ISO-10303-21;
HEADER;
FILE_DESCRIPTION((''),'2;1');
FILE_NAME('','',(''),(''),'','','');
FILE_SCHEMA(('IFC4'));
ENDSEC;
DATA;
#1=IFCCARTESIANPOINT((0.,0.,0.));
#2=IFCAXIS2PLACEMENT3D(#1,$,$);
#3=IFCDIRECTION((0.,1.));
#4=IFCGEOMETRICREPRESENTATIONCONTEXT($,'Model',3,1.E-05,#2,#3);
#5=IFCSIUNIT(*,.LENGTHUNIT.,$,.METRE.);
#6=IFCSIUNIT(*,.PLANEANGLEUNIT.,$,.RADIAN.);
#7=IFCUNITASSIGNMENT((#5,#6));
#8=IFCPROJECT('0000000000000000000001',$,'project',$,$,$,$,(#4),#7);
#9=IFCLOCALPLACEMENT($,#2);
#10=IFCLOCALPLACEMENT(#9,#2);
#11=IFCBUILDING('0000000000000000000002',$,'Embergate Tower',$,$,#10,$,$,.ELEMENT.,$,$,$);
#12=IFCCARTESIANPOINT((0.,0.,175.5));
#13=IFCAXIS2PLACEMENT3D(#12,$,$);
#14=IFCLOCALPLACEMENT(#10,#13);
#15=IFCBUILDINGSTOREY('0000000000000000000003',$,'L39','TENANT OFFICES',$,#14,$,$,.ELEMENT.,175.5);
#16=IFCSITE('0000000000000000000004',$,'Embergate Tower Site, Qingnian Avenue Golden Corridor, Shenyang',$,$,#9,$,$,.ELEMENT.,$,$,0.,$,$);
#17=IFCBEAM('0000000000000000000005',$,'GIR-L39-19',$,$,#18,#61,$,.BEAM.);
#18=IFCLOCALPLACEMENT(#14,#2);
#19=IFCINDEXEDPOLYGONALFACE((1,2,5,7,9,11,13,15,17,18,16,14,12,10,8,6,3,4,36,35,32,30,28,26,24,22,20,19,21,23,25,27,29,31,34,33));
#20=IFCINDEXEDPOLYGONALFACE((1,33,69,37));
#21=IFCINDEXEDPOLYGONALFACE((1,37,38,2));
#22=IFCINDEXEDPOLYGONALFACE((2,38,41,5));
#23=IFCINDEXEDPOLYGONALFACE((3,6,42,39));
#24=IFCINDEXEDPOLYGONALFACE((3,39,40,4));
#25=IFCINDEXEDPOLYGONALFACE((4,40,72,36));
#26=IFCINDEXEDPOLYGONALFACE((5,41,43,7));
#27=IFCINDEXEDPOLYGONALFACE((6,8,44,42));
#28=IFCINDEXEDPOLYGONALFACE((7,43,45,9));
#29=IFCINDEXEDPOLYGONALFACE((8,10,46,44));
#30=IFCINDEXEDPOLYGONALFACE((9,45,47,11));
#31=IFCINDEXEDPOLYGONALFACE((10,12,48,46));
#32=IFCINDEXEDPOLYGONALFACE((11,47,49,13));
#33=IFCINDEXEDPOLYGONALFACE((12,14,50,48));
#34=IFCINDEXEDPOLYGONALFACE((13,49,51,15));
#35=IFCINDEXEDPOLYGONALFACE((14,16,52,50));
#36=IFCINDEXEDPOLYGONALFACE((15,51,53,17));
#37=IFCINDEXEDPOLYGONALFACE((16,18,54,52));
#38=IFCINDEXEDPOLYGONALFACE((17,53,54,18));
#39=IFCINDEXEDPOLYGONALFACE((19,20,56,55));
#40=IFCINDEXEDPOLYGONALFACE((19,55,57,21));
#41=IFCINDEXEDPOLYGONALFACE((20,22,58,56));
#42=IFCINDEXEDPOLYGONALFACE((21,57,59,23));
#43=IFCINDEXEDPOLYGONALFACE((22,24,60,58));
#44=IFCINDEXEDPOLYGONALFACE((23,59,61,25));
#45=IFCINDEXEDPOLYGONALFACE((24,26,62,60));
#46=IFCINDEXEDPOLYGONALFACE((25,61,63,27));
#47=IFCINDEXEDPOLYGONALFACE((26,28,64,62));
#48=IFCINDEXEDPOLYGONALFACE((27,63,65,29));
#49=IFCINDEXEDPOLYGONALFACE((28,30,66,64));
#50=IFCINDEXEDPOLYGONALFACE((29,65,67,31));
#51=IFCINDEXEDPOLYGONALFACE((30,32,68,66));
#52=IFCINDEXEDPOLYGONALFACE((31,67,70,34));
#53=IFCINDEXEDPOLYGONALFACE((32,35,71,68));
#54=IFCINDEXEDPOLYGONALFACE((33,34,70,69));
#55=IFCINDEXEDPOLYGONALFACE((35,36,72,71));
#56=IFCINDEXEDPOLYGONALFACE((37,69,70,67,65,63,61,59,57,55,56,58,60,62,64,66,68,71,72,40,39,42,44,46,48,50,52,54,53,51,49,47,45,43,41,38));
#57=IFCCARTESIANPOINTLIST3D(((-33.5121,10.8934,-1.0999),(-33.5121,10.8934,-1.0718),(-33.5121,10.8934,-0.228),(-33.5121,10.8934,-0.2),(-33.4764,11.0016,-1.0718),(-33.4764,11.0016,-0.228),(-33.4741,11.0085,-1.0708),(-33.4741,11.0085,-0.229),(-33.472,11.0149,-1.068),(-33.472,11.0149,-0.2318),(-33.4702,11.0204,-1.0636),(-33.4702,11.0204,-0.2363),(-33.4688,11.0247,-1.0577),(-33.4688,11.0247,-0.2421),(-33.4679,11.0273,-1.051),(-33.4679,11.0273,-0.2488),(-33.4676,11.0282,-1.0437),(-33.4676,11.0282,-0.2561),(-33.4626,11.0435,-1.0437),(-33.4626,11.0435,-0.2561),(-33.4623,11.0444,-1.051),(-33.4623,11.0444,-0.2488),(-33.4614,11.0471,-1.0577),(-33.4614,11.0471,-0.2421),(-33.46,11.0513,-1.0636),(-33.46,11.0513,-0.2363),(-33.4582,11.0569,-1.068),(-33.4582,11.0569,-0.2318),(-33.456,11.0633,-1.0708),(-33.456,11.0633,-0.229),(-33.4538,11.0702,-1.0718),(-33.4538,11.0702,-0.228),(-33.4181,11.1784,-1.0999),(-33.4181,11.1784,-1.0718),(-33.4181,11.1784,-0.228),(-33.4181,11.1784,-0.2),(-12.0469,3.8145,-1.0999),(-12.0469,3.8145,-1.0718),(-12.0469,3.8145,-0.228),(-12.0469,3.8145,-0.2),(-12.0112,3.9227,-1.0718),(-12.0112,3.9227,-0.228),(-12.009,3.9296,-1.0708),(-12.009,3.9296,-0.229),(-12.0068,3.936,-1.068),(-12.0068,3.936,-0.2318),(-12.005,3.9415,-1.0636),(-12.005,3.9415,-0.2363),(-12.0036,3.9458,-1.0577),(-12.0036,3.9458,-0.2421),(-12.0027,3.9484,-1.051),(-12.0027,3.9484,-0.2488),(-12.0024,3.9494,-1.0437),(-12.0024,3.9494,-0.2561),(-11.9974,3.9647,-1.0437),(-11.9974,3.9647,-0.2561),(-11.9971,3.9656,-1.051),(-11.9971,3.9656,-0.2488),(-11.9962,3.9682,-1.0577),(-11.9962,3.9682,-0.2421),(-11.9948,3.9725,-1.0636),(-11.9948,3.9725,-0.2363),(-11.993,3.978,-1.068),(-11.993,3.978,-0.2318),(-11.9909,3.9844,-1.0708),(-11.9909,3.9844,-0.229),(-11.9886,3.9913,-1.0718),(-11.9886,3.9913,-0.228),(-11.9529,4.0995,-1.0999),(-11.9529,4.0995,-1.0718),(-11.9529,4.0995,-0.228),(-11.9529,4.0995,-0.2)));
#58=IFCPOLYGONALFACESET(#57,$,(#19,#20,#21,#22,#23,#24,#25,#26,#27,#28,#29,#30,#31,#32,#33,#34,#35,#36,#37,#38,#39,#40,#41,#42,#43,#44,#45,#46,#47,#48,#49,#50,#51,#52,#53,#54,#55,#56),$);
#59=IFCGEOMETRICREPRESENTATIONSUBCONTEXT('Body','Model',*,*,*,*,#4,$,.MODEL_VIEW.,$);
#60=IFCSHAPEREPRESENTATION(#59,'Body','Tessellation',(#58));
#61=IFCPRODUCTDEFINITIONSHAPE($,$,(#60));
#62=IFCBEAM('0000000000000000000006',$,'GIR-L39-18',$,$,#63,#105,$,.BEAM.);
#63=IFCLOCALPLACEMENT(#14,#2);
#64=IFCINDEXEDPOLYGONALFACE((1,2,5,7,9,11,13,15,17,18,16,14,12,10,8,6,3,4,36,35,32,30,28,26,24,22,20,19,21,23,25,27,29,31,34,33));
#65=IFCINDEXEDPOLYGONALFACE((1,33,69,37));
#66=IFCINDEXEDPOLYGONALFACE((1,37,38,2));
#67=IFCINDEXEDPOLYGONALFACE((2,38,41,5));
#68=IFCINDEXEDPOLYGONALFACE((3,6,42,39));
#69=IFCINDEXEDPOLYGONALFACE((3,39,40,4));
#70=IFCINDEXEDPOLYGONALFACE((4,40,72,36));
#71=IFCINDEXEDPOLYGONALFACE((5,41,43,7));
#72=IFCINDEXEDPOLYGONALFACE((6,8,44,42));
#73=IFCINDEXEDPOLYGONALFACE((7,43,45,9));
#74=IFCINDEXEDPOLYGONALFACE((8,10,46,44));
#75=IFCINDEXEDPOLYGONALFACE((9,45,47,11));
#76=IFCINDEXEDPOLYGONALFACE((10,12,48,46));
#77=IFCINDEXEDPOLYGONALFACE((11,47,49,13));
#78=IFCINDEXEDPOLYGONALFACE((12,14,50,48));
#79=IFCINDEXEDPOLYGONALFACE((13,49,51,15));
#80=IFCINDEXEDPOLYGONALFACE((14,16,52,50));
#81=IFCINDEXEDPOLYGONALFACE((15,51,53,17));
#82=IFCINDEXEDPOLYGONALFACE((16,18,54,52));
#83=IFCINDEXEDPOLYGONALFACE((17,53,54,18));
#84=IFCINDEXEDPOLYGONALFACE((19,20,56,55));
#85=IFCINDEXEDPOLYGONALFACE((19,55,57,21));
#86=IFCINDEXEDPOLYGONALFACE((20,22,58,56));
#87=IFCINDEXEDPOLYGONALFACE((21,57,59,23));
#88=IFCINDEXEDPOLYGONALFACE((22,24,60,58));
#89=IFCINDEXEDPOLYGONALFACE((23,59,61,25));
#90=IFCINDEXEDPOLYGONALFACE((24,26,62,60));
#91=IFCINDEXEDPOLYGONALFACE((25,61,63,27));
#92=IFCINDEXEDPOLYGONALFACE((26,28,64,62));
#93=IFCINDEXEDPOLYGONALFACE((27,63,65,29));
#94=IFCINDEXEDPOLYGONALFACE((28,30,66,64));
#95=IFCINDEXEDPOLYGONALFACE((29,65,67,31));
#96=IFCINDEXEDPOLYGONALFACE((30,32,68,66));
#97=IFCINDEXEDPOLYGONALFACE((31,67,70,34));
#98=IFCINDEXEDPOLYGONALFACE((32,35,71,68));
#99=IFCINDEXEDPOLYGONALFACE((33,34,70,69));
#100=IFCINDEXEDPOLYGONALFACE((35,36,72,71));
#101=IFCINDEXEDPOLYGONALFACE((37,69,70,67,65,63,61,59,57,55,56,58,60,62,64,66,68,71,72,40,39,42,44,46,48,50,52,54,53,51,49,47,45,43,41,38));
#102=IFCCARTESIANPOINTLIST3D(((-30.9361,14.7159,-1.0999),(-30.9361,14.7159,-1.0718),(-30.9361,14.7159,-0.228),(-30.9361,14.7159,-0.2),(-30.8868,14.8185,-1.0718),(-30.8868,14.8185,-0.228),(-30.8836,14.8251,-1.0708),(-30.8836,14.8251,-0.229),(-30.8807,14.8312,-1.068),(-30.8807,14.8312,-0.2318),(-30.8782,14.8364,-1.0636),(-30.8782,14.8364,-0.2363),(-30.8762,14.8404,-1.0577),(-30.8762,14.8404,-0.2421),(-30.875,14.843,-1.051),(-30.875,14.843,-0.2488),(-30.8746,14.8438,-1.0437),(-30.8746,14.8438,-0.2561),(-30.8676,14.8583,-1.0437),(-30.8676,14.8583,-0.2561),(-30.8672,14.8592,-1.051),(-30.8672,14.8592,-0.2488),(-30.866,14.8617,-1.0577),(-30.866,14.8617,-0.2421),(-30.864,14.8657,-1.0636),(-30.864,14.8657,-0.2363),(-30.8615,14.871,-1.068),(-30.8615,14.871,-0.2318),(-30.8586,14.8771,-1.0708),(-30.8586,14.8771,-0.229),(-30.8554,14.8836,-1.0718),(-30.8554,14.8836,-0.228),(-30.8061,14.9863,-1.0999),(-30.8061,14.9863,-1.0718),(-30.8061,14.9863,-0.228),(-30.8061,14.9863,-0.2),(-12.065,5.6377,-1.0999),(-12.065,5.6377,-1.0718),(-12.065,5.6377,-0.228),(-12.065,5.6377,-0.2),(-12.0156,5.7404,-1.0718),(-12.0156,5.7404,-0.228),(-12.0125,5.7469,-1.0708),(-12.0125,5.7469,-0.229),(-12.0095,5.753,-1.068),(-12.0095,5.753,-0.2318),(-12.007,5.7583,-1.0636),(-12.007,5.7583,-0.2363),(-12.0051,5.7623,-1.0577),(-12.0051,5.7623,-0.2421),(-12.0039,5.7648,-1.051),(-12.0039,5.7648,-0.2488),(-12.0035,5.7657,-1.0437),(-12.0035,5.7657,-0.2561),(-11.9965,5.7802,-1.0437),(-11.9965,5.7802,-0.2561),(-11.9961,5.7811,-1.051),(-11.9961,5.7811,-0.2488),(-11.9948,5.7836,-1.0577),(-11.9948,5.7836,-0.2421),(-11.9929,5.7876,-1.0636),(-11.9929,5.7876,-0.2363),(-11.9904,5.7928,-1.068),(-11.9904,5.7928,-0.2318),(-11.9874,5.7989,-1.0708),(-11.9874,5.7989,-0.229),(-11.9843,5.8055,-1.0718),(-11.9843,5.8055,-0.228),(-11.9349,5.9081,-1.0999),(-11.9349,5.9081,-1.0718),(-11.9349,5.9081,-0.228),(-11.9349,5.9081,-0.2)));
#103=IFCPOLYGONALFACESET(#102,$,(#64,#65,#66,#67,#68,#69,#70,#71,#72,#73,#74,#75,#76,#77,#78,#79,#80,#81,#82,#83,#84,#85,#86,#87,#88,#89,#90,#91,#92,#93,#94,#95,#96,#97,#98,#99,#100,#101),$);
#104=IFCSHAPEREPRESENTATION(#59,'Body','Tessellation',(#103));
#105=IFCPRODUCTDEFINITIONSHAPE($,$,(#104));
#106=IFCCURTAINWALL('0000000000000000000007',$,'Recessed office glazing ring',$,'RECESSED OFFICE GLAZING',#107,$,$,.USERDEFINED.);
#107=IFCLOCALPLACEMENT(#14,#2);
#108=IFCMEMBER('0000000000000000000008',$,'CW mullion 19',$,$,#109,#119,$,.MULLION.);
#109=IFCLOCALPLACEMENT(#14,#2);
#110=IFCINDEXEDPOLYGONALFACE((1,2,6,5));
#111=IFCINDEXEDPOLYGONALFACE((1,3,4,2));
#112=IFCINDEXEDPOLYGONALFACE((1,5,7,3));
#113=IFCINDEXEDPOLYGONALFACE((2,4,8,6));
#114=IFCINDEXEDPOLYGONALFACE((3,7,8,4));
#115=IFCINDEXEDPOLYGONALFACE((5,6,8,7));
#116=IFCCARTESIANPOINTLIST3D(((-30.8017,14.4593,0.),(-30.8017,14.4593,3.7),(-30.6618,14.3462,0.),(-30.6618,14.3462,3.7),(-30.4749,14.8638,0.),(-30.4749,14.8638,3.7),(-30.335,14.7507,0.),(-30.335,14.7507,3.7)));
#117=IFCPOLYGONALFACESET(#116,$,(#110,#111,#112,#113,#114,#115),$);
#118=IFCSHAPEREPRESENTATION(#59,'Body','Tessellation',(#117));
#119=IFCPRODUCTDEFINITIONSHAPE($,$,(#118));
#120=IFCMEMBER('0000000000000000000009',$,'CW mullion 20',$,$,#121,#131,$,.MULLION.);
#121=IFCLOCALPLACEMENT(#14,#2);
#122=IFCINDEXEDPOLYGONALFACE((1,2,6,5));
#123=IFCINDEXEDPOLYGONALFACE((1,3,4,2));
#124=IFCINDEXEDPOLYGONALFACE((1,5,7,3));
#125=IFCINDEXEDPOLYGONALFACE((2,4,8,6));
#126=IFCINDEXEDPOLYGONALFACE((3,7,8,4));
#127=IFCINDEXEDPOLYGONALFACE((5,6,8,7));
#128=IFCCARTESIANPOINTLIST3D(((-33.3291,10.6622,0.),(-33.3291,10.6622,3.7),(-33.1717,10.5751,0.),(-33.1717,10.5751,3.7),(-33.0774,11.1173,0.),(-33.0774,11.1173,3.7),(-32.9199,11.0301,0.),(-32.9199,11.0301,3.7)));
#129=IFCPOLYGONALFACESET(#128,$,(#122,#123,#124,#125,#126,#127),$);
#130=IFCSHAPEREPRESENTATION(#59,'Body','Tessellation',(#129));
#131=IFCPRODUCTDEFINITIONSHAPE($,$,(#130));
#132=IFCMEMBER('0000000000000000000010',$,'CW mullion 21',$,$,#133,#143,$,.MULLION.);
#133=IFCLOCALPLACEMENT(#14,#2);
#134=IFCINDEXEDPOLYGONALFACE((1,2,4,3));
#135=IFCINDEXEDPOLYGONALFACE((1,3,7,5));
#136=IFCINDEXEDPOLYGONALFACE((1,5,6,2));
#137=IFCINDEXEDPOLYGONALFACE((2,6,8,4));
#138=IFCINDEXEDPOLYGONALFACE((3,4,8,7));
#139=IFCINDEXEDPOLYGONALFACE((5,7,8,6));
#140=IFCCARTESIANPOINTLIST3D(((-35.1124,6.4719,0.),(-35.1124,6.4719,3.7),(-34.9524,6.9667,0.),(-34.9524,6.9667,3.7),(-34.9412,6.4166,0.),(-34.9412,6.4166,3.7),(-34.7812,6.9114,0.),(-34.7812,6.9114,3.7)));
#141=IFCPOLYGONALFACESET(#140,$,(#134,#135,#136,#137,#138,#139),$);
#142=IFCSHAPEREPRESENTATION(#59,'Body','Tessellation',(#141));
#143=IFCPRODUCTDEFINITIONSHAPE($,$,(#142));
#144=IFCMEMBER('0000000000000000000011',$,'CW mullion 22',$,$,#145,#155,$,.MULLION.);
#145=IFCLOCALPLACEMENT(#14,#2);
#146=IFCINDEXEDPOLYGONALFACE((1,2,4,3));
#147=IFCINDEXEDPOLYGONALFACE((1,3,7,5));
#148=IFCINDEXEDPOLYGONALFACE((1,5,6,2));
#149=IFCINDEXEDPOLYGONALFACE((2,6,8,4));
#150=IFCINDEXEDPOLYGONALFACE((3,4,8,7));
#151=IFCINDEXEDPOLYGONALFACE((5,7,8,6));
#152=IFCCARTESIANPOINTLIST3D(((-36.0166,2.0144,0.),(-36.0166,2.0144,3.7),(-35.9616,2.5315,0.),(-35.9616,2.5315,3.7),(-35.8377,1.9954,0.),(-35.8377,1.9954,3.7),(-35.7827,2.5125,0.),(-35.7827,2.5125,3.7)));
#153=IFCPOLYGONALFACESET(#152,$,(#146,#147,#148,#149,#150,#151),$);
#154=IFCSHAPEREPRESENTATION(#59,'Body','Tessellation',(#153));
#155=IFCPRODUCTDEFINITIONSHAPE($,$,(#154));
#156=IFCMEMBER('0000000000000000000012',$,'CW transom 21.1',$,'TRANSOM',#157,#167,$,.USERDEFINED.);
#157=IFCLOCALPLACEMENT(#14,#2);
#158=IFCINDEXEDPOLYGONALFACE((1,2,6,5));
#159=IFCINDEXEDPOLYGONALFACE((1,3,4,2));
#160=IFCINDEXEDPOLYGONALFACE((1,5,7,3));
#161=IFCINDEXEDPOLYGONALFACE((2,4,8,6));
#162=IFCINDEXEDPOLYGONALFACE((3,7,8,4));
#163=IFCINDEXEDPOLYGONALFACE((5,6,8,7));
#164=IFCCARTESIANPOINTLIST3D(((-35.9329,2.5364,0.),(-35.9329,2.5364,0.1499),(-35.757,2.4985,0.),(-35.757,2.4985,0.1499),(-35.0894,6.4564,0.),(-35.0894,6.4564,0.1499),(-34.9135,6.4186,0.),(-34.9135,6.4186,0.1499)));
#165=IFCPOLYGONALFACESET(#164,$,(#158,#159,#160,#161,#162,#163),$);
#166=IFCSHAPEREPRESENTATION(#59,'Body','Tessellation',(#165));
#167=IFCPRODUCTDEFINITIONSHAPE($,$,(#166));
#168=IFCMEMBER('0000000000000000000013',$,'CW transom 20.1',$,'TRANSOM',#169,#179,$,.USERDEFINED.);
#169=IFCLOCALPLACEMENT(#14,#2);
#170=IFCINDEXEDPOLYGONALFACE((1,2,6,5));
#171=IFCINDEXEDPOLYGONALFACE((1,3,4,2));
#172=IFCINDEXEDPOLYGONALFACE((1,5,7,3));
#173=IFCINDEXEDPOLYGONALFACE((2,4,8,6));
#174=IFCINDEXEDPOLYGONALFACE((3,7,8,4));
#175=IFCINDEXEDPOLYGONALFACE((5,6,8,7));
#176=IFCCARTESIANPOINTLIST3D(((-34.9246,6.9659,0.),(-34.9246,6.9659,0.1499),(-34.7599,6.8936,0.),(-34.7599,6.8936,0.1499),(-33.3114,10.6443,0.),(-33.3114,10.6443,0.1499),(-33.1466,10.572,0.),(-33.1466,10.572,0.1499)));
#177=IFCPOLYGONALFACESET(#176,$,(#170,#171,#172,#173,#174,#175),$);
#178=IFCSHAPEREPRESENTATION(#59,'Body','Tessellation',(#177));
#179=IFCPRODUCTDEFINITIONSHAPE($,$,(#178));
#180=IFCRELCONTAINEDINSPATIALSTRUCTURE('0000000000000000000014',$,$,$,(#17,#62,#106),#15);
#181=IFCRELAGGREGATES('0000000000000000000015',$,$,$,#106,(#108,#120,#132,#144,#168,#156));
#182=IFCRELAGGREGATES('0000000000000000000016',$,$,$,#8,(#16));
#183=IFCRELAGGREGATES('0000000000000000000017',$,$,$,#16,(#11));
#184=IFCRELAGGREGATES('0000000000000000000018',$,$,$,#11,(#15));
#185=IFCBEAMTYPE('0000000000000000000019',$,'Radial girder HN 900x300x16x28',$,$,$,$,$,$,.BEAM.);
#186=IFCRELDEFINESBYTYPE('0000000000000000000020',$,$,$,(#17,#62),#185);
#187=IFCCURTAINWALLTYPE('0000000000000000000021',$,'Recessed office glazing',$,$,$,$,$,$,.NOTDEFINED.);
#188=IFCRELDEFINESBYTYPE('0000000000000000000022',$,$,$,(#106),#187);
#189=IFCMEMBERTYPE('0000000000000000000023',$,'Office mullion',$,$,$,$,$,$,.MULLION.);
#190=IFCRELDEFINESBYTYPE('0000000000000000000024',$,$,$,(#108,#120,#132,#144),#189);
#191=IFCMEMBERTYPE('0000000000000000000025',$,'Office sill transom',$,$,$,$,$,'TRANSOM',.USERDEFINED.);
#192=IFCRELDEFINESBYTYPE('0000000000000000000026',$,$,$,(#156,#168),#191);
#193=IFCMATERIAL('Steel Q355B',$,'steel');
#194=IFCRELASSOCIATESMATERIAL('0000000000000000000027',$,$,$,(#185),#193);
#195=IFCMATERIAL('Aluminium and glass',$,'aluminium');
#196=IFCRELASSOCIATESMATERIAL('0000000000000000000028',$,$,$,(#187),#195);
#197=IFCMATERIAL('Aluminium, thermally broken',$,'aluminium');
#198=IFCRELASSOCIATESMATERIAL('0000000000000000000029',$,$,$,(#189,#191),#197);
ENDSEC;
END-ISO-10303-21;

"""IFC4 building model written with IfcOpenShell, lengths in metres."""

from ifc_helpers import new_model, si_unit, direction, frame, origin, origin_2d, place, context, subcontext, project, spatial, rectangle, i_section, extrude, source, transform, mapped, material, material_profile, profile_set, type_object, element, aggregate, save


model = new_model("IFC4")

# Units and contexts
model_context = context("Model", 3, precision=1e-05, world=origin(), true_north=direction((0.0, 1.0)))
body_context = subcontext(model_context, "Body", "Model", "MODEL_VIEW")
ifc_project = project(units=[si_unit("LENGTHUNIT", "METRE"), si_unit("PLANEANGLEUNIT", "RADIAN")], contexts=[model_context])

# Site, building, storey
site_placement = place(None, origin())
site = spatial("IfcSite", under=ifc_project, at=site_placement, Name="Embergate Tower Site, Qingnian Avenue Golden Corridor, Shenyang", CompositionType="ELEMENT", RefElevation=0.0)
building_placement = place(site_placement, origin())
building = spatial("IfcBuilding", under=site, at=building_placement, Name="Embergate Tower", CompositionType="ELEMENT")
storey_placement = place(building_placement, frame((0.0, 0.0, 175.5)))
storey = spatial("IfcBuildingStorey", under=building, at=storey_placement, Name="L39", Description="TENANT OFFICES", CompositionType="ELEMENT", Elevation=175.5)

# Beams
ifc_material_1 = material(Name="Steel Q355B", Category="steel")
ifc_material_profile_1 = material_profile(ifc_material_1, i_section(OverallWidth=0.3, OverallDepth=0.8999, WebThickness=0.0161, FlangeThickness=0.0281, FilletRadius=0.0281, at=origin_2d()), Name="HN 900x300x16x28")
ifc_profile_set_1 = profile_set([ifc_material_profile_1], Name="Steel Q355 grade B")
beam_type_1 = type_object("IfcBeamType", Name="Radial girder HN 900x300x16x28", PredefinedType="BEAM", material=ifc_profile_set_1)
shared_shape_1 = source(origin(), body_context, "Body", "SweptSolid", [
    extrude(i_section(OverallWidth=0.3, OverallDepth=0.8999, WebThickness=0.0161, FlangeThickness=0.0281, FilletRadius=0.0281, at=origin_2d()), origin(), (0.0, 0.0, 1.0), 22.6023),
])
beam_1_placement = place(storey_placement, frame((-33.4651, 11.0359, -0.6499), z_axis=(0.949689, -0.313193, 0.0), x_axis=(0.313193, 0.949689, 0.0)))
element("IfcBeam", 1, at=beam_1_placement, inside=storey, type_object=beam_type_1, Name="GIR-L39-19", PredefinedType="BEAM", context=body_context, shape_type="MappedRepresentation", body=[
    mapped(shared_shape_1, transform((0.0, 0.0, 0.0))),
])
shared_shape_2 = source(origin(), body_context, "Body", "SweptSolid", [
    extrude(i_section(OverallWidth=0.3, OverallDepth=0.8999, WebThickness=0.0161, FlangeThickness=0.0281, FilletRadius=0.0281, at=origin_2d()), origin(), (0.0, 0.0, 1.0), 20.9412),
])
beam_2_placement = place(storey_placement, frame((-30.8711, 14.8511, -0.6499), z_axis=(0.90115, -0.433507, 0.0), x_axis=(0.433507, 0.90115, 0.0)))
element("IfcBeam", 2, at=beam_2_placement, inside=storey, type_object=beam_type_1, Name="GIR-L39-18", PredefinedType="BEAM", context=body_context, shape_type="MappedRepresentation", body=[
    mapped(shared_shape_2, transform((0.0, 0.0, 0.0))),
])

# Curtain wall, members
ifc_material_2 = material(Name="Aluminium and glass", Category="aluminium")
curtain_wall_type = type_object("IfcCurtainWallType", Name="Recessed office glazing", PredefinedType="NOTDEFINED", material=ifc_material_2)
curtain_wall_placement = place(storey_placement, origin())
curtain_wall = element("IfcCurtainWall", 3, at=curtain_wall_placement, inside=storey, type_object=curtain_wall_type, Name="Recessed office glazing ring", ObjectType="RECESSED OFFICE GLAZING", PredefinedType="USERDEFINED")
ifc_material_3 = material(Name="Aluminium, thermally broken", Category="aluminium")
ifc_material_profile_2 = material_profile(ifc_material_3, rectangle(XDim=0.1799, YDim=0.52, at=origin_2d()), Name="AL 520x180")
ifc_profile_set_2 = profile_set([ifc_material_profile_2], Name="Aluminium, thermally broken")
member_type_1 = type_object("IfcMemberType", Name="Office mullion", PredefinedType="MULLION", material=ifc_profile_set_2)
shared_shape_3 = source(origin(), body_context, "Body", "SweptSolid", [
    extrude(rectangle(XDim=0.1799, YDim=0.52, at=origin_2d()), origin(), (0.0, 0.0, 1.0), 3.7),
])
member_1_placement = place(storey_placement, frame((-30.5684, 14.605, 0.0), z_axis=(0.0, 0.0, 1.0), x_axis=(0.777867, -0.628429, 0.0)))
member_1 = element("IfcMember", 4, at=member_1_placement, type_object=member_type_1, Name="CW mullion 19", PredefinedType="MULLION", context=body_context, shape_type="MappedRepresentation", body=[
    mapped(shared_shape_3, transform((0.0, 0.0, 0.0))),
])
member_2_placement = place(storey_placement, frame((-33.1245, 10.8462, 0.0), z_axis=(0.0, 0.0, 1.0), x_axis=(0.874999, -0.484126, 0.0)))
member_2 = element("IfcMember", 5, at=member_2_placement, type_object=member_type_1, Name="CW mullion 20", PredefinedType="MULLION", context=body_context, shape_type="MappedRepresentation", body=[
    mapped(shared_shape_3, transform((0.0, 0.0, 0.0))),
])
member_3_placement = place(storey_placement, frame((-34.9468, 6.6917, 0.0), z_axis=(0.0, 0.0, 1.0), x_axis=(0.951496, -0.307661, 0.0)))
member_3 = element("IfcMember", 6, at=member_3_placement, type_object=member_type_1, Name="CW mullion 21", PredefinedType="MULLION", context=body_context, shape_type="MappedRepresentation", body=[
    mapped(shared_shape_3, transform((0.0, 0.0, 0.0))),
])
member_4_placement = place(storey_placement, frame((-35.8997, 2.2634, 0.0), z_axis=(0.0, 0.0, 1.0), x_axis=(0.994385, -0.105825, 0.0)))
member_4 = element("IfcMember", 7, at=member_4_placement, type_object=member_type_1, Name="CW mullion 22", PredefinedType="MULLION", context=body_context, shape_type="MappedRepresentation", body=[
    mapped(shared_shape_3, transform((0.0, 0.0, 0.0))),
])
ifc_material_profile_3 = material_profile(ifc_material_3, rectangle(XDim=0.1799, YDim=0.1499, at=origin_2d()), Name="AL 150x180")
ifc_profile_set_3 = profile_set([ifc_material_profile_3], Name="Aluminium, thermally broken")
member_type_2 = type_object("IfcMemberType", Name="Office sill transom", ElementType="TRANSOM", PredefinedType="USERDEFINED", material=ifc_profile_set_3)
shared_shape_4 = source(origin(), body_context, "Body", "SweptSolid", [
    extrude(rectangle(XDim=0.1799, YDim=0.1499, at=origin_2d()), origin(), (0.0, 0.0, 1.0), 4.0098),
])
member_5_placement = place(storey_placement, frame((-35.0015, 6.4375, 0.075), z_axis=(-0.210369, -0.977622, 0.0), x_axis=(0.977622, -0.210369, 0.0)))
member_5 = element("IfcMember", 8, at=member_5_placement, type_object=member_type_2, Name="CW transom 21.1", ObjectType="TRANSOM", PredefinedType="USERDEFINED", context=body_context, shape_type="MappedRepresentation", body=[
    mapped(shared_shape_4, transform((0.0, 0.0, 0.0))),
])
shared_shape_5 = source(origin(), body_context, "Body", "SweptSolid", [
    extrude(rectangle(XDim=0.1799, YDim=0.1499, at=origin_2d()), origin(), (0.0, 0.0, 1.0), 4.0166),
])
member_6_placement = place(storey_placement, frame((-33.229, 10.6082, 0.075), z_axis=(-0.401645, -0.915796, 0.0), x_axis=(0.915796, -0.401645, 0.0)))
member_6 = element("IfcMember", 9, at=member_6_placement, type_object=member_type_2, Name="CW transom 20.1", ObjectType="TRANSOM", PredefinedType="USERDEFINED", context=body_context, shape_type="MappedRepresentation", body=[
    mapped(shared_shape_5, transform((0.0, 0.0, 0.0))),
])
aggregate(curtain_wall, [member_1, member_2, member_3, member_4, member_6, member_5])

save(model, "model.ifc")
